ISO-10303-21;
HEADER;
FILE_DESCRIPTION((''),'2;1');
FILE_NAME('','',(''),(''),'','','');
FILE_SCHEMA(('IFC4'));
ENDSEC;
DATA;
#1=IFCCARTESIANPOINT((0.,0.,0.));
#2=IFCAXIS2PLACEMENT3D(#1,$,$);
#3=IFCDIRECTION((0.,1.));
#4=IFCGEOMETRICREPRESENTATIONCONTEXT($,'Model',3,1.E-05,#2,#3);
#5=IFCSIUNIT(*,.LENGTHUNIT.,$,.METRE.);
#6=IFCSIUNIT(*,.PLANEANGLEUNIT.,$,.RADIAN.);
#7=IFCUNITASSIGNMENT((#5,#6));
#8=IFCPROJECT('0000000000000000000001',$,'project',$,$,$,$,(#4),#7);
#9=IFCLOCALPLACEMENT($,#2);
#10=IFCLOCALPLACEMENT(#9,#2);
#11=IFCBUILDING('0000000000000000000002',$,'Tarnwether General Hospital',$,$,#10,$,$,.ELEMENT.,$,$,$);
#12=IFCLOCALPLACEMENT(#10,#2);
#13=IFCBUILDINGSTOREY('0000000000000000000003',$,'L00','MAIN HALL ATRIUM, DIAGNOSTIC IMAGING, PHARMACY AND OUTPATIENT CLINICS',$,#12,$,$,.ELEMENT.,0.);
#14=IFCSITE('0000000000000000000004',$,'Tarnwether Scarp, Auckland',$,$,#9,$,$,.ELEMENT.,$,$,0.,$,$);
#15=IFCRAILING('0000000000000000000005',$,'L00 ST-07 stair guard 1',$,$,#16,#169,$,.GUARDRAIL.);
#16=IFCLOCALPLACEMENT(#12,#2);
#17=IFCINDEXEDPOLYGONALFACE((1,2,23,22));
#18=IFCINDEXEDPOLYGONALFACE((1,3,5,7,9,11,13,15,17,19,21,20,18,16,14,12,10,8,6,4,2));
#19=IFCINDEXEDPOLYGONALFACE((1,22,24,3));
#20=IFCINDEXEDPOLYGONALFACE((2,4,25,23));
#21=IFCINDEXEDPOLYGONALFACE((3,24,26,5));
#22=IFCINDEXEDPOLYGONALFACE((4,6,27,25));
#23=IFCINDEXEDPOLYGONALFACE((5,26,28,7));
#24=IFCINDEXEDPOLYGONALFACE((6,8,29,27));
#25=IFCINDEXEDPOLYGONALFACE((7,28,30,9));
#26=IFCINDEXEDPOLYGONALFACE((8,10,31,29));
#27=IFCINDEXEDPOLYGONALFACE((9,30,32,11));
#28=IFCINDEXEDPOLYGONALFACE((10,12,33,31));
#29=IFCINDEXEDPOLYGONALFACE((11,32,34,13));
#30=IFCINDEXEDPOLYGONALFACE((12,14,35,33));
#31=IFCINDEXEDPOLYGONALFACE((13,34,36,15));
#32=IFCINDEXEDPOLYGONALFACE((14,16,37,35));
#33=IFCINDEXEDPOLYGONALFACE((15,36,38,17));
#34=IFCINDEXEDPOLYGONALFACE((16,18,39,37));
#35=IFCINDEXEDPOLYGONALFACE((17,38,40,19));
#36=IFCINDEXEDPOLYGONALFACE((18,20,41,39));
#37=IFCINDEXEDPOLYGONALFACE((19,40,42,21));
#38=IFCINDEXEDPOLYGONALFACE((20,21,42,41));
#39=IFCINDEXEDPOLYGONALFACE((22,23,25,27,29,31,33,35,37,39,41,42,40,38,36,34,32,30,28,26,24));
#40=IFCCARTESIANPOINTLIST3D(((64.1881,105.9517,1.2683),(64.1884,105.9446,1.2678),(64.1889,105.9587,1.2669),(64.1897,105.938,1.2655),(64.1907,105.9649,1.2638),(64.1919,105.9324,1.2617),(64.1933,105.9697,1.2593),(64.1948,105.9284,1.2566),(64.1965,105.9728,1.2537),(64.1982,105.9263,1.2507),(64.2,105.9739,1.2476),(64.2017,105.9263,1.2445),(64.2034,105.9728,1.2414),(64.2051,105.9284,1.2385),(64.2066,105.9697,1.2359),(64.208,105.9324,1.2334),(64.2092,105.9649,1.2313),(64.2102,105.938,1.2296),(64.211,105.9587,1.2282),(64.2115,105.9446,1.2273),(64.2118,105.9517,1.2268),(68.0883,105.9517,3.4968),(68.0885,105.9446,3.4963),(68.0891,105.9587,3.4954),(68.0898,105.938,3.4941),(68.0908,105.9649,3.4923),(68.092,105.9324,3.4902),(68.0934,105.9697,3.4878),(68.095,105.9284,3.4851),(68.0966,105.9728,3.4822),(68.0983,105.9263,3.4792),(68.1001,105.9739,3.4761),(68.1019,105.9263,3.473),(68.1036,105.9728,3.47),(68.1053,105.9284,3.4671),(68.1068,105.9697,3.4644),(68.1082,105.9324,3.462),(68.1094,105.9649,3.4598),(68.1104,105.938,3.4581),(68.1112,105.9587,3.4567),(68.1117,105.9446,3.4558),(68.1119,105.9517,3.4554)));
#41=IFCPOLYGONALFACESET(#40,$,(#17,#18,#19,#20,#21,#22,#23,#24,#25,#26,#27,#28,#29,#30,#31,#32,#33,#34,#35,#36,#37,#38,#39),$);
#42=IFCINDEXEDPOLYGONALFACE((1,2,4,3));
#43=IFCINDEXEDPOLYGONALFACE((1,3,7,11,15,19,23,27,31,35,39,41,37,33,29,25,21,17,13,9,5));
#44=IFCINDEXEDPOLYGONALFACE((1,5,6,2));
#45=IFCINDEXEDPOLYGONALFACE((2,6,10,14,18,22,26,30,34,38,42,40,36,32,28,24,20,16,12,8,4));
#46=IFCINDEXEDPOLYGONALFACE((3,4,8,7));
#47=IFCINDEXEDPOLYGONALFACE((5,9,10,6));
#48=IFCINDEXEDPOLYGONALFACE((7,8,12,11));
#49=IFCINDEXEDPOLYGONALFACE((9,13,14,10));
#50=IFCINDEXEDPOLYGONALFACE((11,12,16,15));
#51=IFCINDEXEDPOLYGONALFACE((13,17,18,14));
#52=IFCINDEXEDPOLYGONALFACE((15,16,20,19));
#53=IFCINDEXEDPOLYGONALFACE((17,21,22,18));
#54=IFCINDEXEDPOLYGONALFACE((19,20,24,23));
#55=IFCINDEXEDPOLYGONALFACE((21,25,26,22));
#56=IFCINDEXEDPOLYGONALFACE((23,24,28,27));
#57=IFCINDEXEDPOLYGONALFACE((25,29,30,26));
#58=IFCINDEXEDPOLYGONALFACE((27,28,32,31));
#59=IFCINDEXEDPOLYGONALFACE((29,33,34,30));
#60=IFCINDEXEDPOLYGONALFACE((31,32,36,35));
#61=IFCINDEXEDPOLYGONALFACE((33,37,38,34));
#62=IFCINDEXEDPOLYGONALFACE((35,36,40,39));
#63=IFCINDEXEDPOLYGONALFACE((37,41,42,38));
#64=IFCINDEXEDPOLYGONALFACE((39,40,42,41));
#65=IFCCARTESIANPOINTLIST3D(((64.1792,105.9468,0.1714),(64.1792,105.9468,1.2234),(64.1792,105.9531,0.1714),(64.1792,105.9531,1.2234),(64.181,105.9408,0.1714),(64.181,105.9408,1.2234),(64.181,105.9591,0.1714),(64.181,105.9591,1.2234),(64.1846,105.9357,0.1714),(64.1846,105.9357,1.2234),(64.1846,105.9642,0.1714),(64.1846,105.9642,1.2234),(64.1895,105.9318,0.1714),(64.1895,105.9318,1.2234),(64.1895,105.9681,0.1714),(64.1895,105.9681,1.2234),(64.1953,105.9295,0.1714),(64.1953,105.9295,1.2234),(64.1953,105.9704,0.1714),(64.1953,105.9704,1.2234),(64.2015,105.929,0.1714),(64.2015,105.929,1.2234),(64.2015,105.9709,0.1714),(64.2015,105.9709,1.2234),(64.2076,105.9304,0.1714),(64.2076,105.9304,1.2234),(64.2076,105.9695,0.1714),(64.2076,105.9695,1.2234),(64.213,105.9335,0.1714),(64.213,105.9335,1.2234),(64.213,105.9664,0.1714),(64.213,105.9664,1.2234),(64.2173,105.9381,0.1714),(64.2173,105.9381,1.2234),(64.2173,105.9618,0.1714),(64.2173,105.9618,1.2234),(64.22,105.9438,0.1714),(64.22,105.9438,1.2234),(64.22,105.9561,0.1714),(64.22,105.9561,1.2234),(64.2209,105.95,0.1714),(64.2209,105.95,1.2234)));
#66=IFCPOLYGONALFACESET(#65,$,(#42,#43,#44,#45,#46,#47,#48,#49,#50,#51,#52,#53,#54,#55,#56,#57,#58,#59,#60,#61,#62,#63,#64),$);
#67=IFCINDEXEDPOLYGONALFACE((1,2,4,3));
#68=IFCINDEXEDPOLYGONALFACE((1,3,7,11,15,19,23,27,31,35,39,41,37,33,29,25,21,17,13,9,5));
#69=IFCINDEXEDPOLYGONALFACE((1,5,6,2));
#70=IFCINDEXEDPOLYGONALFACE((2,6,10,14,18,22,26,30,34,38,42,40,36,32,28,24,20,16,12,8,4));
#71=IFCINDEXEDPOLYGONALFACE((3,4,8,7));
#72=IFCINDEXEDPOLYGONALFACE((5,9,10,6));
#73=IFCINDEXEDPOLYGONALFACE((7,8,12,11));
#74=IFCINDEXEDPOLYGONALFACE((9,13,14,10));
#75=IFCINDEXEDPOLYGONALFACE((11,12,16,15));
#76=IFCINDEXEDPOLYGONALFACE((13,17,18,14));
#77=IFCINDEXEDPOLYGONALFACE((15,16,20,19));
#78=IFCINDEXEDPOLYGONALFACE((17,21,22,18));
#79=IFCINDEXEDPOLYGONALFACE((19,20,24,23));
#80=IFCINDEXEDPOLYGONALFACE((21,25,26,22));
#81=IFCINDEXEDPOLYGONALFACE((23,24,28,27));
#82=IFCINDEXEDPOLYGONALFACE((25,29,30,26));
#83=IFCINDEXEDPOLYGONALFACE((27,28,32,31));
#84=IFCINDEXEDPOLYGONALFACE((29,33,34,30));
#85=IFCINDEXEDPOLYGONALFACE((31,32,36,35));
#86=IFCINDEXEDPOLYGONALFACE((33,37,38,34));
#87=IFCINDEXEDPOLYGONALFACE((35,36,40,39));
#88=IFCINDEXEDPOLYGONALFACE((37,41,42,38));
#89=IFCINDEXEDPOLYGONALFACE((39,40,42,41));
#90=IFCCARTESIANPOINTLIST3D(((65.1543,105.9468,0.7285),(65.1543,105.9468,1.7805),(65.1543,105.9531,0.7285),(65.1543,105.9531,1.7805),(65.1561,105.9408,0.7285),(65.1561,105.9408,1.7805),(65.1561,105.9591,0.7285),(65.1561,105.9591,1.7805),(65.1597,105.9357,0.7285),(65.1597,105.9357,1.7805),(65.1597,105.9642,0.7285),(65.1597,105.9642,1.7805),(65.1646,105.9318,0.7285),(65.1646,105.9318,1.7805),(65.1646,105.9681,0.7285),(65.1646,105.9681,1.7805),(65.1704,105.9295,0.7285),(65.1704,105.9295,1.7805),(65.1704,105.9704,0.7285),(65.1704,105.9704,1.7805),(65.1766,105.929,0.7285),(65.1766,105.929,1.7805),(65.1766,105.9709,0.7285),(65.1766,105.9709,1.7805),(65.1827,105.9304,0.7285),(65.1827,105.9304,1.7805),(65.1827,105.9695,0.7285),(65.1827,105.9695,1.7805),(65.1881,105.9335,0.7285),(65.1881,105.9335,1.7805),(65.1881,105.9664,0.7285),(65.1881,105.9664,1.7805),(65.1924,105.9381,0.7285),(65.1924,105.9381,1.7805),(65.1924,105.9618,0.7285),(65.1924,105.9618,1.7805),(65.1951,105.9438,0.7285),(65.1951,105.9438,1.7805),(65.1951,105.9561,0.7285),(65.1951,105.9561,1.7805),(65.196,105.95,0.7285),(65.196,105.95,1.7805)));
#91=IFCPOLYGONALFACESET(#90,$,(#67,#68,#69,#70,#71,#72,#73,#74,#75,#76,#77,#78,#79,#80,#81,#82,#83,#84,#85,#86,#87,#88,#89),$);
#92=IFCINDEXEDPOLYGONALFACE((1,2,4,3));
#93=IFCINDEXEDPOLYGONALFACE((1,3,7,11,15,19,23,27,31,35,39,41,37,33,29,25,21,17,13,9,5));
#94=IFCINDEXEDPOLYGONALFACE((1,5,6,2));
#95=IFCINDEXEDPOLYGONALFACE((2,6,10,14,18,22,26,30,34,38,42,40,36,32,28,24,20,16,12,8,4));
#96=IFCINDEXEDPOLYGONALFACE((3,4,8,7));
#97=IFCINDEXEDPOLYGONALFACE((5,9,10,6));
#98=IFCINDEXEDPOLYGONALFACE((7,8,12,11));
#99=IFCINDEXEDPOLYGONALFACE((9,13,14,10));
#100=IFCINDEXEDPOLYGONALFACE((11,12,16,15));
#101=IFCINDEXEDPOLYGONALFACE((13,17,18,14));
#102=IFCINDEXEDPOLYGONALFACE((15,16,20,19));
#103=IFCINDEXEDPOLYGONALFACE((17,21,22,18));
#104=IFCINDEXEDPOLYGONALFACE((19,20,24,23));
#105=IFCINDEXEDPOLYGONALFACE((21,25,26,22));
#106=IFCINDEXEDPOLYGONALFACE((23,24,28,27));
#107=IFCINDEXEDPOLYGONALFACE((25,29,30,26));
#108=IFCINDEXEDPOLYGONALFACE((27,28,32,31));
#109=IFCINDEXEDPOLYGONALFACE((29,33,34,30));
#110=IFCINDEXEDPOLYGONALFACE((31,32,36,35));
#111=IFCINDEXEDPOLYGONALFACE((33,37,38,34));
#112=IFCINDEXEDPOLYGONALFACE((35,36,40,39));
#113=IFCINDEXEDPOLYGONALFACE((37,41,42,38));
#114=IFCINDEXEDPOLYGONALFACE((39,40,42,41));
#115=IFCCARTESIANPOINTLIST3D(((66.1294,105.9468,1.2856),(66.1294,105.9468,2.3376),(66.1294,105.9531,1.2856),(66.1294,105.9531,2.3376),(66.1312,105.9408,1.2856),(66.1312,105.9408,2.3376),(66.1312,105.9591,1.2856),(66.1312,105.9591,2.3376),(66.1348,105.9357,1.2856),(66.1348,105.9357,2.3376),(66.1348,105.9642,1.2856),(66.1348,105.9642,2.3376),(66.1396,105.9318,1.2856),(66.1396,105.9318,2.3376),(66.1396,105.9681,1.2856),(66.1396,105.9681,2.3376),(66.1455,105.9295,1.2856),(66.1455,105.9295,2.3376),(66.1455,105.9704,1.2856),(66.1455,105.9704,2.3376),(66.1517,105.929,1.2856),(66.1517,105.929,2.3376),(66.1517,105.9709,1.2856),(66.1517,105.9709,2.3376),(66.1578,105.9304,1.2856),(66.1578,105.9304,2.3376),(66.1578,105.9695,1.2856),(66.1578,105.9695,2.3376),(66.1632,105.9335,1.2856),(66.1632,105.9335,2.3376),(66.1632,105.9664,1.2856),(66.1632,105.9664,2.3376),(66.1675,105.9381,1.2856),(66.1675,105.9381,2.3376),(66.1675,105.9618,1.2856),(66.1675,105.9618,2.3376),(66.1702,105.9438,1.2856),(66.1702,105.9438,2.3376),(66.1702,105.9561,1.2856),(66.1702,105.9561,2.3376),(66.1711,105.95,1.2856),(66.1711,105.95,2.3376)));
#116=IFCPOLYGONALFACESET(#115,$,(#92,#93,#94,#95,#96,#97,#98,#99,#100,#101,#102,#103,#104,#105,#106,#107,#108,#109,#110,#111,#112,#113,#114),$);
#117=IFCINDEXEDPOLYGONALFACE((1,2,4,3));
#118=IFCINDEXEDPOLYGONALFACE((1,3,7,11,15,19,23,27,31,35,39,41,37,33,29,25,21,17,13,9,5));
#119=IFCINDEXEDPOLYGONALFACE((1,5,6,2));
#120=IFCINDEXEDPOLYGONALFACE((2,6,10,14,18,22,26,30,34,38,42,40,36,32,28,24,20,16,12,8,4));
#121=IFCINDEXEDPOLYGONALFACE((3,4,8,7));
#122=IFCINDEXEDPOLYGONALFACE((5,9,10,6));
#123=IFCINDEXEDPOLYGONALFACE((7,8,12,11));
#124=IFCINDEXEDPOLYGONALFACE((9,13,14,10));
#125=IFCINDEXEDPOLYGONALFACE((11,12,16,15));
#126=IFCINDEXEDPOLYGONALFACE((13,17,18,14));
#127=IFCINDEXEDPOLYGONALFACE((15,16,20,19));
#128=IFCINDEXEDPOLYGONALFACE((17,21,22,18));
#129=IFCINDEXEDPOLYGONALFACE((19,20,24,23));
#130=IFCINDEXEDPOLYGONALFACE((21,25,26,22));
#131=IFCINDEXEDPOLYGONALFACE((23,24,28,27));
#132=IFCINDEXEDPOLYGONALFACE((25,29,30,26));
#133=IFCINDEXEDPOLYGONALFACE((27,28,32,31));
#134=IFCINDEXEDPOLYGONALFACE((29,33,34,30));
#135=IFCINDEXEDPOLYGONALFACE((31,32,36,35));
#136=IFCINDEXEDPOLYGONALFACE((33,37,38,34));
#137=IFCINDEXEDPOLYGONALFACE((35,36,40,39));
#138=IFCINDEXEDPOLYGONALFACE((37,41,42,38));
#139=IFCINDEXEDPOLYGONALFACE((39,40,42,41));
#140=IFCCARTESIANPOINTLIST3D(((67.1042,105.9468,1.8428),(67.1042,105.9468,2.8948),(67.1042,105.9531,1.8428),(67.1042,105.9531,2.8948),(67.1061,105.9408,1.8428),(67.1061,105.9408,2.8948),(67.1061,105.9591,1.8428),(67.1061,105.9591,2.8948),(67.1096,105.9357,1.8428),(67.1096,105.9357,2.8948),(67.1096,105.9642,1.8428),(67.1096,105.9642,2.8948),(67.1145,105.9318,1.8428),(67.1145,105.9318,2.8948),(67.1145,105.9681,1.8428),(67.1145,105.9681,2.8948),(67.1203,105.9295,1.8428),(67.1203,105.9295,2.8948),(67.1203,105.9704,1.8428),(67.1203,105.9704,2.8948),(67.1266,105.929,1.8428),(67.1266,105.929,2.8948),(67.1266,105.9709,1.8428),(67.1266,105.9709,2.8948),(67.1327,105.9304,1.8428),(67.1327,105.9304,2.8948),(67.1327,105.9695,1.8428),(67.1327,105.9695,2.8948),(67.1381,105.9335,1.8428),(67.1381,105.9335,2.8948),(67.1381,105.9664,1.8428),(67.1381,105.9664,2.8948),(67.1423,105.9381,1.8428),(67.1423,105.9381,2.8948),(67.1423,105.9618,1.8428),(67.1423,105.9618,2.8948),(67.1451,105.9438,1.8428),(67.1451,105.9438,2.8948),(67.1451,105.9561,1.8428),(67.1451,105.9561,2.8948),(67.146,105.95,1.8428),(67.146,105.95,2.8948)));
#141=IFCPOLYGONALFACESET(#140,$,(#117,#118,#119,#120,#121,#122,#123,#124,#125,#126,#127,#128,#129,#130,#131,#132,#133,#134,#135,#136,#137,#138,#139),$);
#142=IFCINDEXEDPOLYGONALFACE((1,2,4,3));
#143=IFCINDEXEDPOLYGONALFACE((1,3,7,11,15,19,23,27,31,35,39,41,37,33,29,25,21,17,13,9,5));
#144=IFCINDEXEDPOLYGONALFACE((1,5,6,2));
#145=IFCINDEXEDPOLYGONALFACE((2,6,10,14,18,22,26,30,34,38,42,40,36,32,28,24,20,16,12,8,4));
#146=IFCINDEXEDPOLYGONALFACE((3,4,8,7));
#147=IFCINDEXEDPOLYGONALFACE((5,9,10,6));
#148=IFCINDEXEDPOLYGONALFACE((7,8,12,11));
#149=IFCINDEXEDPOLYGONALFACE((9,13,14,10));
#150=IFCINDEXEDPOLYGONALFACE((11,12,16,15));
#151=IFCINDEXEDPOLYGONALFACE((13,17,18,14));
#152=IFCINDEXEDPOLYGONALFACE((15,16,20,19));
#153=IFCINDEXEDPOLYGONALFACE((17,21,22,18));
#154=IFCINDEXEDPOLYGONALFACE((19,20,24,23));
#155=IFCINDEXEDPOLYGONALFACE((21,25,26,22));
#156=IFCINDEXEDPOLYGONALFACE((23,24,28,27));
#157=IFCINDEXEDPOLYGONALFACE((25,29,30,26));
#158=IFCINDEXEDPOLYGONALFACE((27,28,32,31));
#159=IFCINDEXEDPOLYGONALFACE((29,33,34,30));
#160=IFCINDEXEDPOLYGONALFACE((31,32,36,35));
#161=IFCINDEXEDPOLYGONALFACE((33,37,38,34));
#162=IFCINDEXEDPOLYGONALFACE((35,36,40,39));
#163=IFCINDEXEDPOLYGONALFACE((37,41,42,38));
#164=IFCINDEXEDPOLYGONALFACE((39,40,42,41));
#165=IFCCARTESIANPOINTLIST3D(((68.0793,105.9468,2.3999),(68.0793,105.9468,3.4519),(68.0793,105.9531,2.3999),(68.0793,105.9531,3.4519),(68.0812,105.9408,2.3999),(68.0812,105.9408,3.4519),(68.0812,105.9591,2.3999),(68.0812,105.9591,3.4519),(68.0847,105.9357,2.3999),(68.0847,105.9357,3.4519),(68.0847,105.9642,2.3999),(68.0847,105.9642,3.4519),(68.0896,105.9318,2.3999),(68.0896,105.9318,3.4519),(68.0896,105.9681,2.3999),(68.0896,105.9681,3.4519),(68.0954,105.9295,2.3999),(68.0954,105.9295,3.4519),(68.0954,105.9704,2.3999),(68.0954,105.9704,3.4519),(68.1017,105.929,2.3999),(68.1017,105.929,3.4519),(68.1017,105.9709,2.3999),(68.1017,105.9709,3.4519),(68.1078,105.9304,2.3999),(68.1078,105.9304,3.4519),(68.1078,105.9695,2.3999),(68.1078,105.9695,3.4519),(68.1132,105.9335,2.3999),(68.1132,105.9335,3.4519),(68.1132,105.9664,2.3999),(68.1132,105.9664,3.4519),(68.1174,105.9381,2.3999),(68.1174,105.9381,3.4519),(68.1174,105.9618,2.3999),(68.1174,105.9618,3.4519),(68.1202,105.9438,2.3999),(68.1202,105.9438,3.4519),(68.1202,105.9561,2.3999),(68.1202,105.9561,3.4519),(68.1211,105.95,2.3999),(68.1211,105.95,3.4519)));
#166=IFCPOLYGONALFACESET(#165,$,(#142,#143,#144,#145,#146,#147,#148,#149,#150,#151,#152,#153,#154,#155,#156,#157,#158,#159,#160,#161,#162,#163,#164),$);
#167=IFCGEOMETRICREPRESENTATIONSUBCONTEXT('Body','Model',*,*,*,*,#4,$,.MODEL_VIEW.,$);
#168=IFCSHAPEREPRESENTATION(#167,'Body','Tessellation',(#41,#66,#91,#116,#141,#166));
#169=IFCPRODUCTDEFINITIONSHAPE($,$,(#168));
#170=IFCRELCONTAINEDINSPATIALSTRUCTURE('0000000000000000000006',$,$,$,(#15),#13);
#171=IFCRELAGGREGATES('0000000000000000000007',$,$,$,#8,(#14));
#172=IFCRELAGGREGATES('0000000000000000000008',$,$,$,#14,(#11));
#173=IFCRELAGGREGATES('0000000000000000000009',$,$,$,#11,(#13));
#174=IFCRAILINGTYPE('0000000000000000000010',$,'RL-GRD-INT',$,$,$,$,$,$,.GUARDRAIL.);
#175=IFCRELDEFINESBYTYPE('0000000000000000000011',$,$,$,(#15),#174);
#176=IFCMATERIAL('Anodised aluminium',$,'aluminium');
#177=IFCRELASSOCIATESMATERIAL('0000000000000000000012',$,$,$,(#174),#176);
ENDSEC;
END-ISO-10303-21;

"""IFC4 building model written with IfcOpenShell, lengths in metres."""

from ifc_helpers import new_model, si_unit, direction, frame, origin, origin_2d, place, context, subcontext, project, spatial, circle, extrude, material, type_object, element, save


model = new_model("IFC4")

# Units and contexts
model_context = context("Model", 3, precision=1e-05, world=origin(), true_north=direction((0.0, 1.0)))
body_context = subcontext(model_context, "Body", "Model", "MODEL_VIEW")
ifc_project = project(units=[si_unit("LENGTHUNIT", "METRE"), si_unit("PLANEANGLEUNIT", "RADIAN")], contexts=[model_context])

# Site, building, storey
site_placement = place(None, origin())
site = spatial("IfcSite", under=ifc_project, at=site_placement, Name="Tarnwether Scarp, Auckland", CompositionType="ELEMENT", RefElevation=0.0)
building_placement = place(site_placement, origin())
building = spatial("IfcBuilding", under=site, at=building_placement, Name="Tarnwether General Hospital", CompositionType="ELEMENT")
storey_placement = place(building_placement, origin())
storey = spatial("IfcBuildingStorey", under=building, at=storey_placement, Name="L00", Description="MAIN HALL ATRIUM, DIAGNOSTIC IMAGING, PHARMACY AND OUTPATIENT CLINICS", CompositionType="ELEMENT", Elevation=0.0)

# Railing
ifc_material_1 = material(Name="Anodised aluminium", Category="aluminium")
railing_type_1 = type_object("IfcRailingType", Name="RL-GRD-INT", PredefinedType="GUARDRAIL", material=ifc_material_1)
railing_1_placement = place(storey_placement, frame((64.2, 105.95, 0.1714)))
element("IfcRailing", 1, at=railing_1_placement, inside=storey, type_object=railing_type_1, Name="L00 ST-07 stair guard 1", PredefinedType="GUARDRAIL", context=body_context, shape_type="SweptSolid", body=[
    extrude(circle(Radius=0.0239, at=origin_2d()), frame((0.0, 0.0, 1.0762), z_axis=(0.868257, 0.0, 0.496116), x_axis=(0.0, 1.0, 0.0)), (0.0, 0.0, 1.0), 4.4919),
    extrude(circle(Radius=0.021, at=origin_2d()), origin(), (0.0, 0.0, 1.0), 1.052),
    extrude(circle(Radius=0.021, at=origin_2d()), frame((0.9751, 0.0, 0.5571)), (0.0, 0.0, 1.0), 1.052),
    extrude(circle(Radius=0.021, at=origin_2d()), frame((1.9502, 0.0, 1.1143)), (0.0, 0.0, 1.0), 1.052),
    extrude(circle(Radius=0.021, at=origin_2d()), frame((2.925, 0.0, 1.6714)), (0.0, 0.0, 1.0), 1.052),
    extrude(circle(Radius=0.021, at=origin_2d()), frame((3.9001, 0.0, 2.2285)), (0.0, 0.0, 1.0), 1.052),
])

save(model, "model.ifc")
